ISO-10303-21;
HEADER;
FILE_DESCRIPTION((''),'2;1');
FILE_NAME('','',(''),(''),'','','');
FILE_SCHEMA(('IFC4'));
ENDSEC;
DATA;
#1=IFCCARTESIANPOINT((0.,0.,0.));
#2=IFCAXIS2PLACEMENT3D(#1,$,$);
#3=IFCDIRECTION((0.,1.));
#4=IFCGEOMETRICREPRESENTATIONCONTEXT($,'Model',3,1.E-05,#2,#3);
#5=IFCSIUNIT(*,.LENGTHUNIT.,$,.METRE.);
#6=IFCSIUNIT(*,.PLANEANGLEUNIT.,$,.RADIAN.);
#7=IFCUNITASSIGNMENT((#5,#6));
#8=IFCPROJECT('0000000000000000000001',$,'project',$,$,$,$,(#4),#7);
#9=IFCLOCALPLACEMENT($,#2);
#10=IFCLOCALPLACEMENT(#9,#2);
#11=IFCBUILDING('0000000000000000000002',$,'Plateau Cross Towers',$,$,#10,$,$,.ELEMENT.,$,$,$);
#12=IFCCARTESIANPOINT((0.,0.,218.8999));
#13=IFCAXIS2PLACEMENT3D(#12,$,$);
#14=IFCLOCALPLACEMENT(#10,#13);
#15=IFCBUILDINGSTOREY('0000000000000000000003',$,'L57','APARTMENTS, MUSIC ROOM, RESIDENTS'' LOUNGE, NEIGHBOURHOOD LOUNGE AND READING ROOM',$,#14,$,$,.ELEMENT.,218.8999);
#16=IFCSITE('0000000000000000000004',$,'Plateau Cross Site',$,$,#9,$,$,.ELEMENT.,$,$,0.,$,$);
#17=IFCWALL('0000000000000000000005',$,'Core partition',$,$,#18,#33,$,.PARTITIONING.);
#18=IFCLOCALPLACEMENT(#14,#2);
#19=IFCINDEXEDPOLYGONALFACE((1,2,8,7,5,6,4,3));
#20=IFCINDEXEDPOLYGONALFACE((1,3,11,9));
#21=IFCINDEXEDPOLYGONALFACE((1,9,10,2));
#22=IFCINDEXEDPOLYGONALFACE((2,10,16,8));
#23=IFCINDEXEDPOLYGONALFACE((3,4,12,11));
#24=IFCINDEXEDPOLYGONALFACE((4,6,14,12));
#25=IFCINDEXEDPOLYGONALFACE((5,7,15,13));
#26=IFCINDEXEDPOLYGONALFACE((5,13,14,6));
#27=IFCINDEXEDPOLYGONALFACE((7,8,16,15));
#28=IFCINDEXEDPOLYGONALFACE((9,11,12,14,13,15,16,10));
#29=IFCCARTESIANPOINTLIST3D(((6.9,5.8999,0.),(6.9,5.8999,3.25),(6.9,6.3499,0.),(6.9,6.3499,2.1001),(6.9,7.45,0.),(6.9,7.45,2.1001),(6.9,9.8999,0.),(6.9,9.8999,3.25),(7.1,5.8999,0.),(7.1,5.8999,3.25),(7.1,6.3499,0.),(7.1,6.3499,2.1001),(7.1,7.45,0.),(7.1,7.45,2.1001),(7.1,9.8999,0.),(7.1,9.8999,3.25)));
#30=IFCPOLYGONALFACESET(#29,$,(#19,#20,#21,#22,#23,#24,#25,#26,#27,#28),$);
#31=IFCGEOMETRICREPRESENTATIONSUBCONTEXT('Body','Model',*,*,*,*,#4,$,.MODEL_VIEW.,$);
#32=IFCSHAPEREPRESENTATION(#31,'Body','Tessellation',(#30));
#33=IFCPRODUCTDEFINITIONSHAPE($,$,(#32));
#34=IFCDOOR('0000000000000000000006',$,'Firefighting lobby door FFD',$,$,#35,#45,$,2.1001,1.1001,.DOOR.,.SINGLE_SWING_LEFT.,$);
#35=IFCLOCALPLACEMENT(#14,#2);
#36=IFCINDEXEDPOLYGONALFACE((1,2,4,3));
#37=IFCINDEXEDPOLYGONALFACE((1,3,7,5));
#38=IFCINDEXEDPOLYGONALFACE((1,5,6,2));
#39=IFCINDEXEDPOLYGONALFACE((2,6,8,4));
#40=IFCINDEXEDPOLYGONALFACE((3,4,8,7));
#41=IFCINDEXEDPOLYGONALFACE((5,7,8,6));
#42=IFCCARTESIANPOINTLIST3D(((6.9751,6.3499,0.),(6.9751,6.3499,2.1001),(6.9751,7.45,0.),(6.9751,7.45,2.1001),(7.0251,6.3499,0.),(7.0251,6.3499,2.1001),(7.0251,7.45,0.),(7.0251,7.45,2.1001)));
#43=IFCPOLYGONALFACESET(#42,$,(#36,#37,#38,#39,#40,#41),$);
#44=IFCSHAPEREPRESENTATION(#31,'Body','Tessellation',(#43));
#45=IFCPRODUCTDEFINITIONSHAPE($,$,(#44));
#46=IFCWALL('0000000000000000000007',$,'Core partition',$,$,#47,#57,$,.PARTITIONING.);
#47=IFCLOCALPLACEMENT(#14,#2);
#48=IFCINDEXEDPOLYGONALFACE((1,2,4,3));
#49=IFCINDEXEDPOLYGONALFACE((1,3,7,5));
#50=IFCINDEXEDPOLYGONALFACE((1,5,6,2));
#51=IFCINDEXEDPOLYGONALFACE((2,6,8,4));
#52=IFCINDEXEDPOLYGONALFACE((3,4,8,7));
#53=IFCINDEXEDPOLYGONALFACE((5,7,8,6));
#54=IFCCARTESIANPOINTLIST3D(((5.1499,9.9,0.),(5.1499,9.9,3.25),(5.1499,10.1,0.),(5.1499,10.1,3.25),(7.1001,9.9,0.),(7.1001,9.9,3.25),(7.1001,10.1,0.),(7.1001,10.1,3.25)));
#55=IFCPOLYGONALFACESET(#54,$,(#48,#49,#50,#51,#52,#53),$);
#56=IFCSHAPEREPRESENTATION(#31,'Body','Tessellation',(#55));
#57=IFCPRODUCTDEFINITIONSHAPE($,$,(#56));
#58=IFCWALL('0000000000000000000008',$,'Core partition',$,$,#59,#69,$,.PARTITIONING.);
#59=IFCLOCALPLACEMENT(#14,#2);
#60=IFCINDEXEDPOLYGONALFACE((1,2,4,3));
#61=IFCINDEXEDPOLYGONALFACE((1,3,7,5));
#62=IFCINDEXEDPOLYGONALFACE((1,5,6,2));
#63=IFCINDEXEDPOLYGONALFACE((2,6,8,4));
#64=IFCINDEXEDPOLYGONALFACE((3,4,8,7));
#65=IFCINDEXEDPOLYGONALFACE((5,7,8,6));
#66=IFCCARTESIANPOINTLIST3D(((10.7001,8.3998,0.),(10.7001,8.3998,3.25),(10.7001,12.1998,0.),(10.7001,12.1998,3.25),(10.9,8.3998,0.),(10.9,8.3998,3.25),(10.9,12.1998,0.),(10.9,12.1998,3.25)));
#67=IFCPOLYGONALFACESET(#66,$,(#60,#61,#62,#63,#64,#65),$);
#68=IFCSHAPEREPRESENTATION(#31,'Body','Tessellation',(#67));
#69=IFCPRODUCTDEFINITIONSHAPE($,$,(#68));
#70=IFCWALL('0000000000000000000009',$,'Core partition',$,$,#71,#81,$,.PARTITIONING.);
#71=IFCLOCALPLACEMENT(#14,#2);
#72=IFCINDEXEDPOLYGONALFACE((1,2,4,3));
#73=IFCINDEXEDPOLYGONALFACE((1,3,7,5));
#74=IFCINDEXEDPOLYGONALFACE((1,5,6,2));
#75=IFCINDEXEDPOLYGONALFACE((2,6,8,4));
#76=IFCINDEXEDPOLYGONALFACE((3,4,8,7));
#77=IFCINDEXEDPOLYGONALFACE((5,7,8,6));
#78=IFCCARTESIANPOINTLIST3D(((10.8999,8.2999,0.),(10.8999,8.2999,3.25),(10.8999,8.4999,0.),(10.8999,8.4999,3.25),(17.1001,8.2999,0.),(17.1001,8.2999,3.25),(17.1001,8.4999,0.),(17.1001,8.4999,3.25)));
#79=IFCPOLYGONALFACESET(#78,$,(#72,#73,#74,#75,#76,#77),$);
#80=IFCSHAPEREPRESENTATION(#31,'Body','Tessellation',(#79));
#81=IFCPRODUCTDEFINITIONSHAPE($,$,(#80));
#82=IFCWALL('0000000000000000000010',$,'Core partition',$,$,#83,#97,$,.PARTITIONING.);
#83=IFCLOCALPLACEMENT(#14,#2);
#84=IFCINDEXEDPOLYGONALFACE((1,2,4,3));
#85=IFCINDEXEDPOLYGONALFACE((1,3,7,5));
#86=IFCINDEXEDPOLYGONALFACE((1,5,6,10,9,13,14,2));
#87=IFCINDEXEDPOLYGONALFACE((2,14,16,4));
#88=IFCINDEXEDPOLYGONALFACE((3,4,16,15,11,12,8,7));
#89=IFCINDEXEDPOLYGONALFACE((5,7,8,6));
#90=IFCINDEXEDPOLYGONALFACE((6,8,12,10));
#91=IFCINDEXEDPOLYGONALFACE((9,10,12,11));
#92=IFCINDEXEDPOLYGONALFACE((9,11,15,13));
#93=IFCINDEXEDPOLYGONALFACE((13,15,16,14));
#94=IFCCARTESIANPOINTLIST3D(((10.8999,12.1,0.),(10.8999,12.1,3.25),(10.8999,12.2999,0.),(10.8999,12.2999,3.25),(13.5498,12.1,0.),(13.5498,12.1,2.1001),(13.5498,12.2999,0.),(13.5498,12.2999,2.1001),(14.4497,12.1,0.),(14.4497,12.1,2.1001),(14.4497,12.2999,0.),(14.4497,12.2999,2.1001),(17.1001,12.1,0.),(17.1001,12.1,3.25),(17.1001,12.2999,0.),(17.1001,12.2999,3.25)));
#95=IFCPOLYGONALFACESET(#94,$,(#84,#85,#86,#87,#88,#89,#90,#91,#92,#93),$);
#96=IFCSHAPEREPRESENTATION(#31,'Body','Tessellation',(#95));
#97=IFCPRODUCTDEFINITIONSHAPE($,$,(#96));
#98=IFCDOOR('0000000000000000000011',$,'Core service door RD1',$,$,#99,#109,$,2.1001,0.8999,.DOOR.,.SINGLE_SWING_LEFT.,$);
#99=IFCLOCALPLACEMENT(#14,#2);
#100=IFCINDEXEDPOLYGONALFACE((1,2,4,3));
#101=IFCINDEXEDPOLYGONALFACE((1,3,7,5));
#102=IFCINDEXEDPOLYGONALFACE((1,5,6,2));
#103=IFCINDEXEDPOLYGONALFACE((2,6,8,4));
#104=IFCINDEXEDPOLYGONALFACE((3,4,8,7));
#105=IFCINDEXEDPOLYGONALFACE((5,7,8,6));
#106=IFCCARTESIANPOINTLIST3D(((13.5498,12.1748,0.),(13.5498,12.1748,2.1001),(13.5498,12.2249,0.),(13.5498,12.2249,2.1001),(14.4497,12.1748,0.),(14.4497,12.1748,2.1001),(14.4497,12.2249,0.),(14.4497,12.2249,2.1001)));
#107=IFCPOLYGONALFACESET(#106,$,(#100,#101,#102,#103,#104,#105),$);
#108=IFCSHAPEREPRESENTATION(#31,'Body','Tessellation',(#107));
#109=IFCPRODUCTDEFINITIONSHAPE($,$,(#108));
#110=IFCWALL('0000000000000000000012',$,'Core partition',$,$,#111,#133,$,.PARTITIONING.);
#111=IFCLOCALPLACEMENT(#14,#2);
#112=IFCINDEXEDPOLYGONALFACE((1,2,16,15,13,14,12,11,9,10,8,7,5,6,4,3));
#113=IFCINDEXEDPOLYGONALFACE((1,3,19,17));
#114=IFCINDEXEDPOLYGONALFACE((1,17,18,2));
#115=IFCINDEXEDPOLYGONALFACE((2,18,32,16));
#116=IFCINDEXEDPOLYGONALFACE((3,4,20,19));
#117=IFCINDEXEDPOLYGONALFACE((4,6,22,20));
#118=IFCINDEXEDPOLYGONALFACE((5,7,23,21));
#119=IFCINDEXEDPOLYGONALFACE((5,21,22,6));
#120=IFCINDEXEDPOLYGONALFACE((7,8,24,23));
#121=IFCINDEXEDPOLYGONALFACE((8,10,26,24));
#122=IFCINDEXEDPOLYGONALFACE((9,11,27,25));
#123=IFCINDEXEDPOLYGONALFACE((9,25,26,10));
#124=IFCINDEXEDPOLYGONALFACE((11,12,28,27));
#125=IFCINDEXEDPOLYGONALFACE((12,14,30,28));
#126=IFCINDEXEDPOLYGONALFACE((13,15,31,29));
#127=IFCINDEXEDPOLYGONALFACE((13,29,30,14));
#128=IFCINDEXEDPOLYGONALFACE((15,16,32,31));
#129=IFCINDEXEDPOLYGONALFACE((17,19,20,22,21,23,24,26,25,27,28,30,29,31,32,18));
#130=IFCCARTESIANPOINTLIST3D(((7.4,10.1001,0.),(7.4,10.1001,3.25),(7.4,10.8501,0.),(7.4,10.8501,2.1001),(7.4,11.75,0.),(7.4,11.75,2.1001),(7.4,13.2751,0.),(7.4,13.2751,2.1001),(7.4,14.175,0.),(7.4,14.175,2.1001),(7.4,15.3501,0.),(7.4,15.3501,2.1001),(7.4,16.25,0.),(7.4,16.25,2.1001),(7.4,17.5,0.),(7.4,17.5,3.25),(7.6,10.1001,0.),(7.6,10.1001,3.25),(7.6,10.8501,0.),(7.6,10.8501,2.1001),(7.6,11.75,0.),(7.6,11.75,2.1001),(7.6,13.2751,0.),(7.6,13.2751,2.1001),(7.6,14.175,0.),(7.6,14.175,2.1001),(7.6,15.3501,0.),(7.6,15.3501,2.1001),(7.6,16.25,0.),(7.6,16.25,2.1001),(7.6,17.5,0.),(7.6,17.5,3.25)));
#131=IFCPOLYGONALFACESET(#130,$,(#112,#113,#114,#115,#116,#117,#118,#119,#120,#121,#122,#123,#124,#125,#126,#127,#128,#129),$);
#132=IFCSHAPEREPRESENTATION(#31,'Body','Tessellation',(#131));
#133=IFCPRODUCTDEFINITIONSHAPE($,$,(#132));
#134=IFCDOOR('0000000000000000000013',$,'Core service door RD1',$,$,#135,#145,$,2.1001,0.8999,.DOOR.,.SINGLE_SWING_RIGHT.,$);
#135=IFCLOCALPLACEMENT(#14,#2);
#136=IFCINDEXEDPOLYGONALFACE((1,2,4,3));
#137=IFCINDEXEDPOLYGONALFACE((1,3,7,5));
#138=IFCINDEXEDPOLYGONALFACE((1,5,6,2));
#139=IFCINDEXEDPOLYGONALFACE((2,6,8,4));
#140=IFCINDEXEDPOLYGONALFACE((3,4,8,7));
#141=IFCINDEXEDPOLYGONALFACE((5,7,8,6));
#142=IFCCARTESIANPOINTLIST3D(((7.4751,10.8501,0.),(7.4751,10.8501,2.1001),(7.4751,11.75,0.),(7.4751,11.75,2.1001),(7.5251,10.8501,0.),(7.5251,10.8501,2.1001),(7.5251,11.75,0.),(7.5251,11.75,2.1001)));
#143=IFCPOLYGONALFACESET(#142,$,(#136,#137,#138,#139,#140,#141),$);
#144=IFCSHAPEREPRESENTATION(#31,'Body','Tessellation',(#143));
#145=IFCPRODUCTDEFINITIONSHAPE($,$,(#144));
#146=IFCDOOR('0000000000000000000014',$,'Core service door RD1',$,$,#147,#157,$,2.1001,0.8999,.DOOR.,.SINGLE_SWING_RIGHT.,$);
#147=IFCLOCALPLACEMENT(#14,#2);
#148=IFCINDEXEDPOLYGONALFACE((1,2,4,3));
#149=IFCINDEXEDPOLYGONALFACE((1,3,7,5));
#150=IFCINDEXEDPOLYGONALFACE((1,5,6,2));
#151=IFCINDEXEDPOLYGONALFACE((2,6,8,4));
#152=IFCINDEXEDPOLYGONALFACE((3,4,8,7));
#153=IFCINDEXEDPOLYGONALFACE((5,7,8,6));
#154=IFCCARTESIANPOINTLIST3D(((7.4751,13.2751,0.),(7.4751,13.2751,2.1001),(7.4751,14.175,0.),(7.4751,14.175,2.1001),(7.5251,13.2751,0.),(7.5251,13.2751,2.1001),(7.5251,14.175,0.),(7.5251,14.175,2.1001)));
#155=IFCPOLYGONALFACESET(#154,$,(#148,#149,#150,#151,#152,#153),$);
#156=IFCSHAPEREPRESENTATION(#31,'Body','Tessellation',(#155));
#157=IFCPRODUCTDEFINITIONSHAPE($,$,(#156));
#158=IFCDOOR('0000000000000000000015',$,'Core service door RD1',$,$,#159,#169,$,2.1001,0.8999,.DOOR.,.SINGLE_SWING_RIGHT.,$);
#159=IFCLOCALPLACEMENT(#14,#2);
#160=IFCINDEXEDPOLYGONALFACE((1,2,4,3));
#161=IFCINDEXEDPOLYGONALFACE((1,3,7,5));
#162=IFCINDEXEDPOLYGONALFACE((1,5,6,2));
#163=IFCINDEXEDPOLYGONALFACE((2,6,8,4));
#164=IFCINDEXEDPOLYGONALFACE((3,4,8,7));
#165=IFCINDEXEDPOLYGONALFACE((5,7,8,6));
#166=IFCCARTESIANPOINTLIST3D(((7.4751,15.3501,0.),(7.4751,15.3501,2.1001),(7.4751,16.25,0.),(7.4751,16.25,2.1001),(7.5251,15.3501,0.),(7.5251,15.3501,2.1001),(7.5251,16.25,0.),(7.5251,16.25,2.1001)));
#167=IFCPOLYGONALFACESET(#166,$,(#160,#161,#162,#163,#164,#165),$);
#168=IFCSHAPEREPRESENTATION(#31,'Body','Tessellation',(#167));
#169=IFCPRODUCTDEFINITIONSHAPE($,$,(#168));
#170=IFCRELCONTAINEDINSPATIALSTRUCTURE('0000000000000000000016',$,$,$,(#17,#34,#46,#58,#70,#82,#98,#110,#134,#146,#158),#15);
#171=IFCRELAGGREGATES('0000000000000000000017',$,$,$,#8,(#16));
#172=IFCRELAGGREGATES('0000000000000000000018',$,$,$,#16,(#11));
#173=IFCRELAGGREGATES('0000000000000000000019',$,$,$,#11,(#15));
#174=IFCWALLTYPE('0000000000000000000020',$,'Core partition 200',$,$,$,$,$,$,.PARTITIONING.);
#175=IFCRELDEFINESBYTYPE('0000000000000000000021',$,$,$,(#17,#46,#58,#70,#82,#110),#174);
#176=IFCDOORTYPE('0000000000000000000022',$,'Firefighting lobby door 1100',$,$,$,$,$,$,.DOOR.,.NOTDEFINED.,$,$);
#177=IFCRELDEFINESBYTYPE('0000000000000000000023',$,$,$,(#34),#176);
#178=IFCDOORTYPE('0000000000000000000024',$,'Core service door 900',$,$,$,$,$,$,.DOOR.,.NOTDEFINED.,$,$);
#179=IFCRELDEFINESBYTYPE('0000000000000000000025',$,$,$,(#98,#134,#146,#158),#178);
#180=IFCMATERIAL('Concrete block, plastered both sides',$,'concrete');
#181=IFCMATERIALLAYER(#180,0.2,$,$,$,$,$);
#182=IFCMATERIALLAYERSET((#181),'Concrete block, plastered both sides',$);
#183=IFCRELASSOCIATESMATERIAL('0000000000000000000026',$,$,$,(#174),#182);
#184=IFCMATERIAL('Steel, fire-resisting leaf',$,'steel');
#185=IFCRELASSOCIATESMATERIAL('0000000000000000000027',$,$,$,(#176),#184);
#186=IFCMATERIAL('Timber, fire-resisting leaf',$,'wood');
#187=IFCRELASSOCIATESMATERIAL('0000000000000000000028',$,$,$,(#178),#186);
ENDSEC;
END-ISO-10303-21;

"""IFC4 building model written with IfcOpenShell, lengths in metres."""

from ifc_helpers import new_model, si_unit, direction, frame, frame_2d, origin, place, context, subcontext, project, spatial, rectangle, extrude, material, layer, layer_set, type_object, element, fill, save


model = new_model("IFC4")

# Units and contexts
model_context = context("Model", 3, precision=1e-05, world=origin(), true_north=direction((0.0, 1.0)))
body_context = subcontext(model_context, "Body", "Model", "MODEL_VIEW")
ifc_project = project(units=[si_unit("LENGTHUNIT", "METRE"), si_unit("PLANEANGLEUNIT", "RADIAN")], contexts=[model_context])

# Site, building, storey
site_placement = place(None, origin())
site = spatial("IfcSite", under=ifc_project, at=site_placement, Name="Plateau Cross Site", CompositionType="ELEMENT", RefElevation=0.0)
building_placement = place(site_placement, origin())
building = spatial("IfcBuilding", under=site, at=building_placement, Name="Plateau Cross Towers", CompositionType="ELEMENT")
storey_placement = place(building_placement, frame((0.0, 0.0, 218.8999)))
storey = spatial("IfcBuildingStorey", under=building, at=storey_placement, Name="L57", Description="APARTMENTS, MUSIC ROOM, RESIDENTS' LOUNGE, NEIGHBOURHOOD LOUNGE AND READING ROOM", CompositionType="ELEMENT", Elevation=218.8999)

# Wall, opening, door
ifc_material_1 = material(Name="Concrete block, plastered both sides", Category="concrete")
ifc_layer = layer(ifc_material_1, 0.2)
ifc_layer_set = layer_set([ifc_layer], Name="Concrete block, plastered both sides")
wall_type = type_object("IfcWallType", Name="Core partition 200", PredefinedType="PARTITIONING", material=ifc_layer_set)
wall_1_placement = place(storey_placement, frame((7.0, 5.8999, 0.0), z_axis=(0.0, 0.0, 1.0), x_axis=(0.0, 1.0, 0.0)))
wall_1 = element("IfcWall", 1, at=wall_1_placement, inside=storey, type_object=wall_type, Name="Core partition", PredefinedType="PARTITIONING", context=body_context, shape_type="SweptSolid", body=[
    extrude(rectangle(XDim=4.0, YDim=0.2, at=frame_2d((2.0, 0.0))), origin(), (0.0, 0.0, 1.0), 3.25),
])
opening_1_placement = place(wall_1_placement, frame((0.45, 0.0, 0.0)))
opening_1 = element("IfcOpeningElement", 2, at=opening_1_placement, cuts=wall_1, PredefinedType="OPENING", context=body_context, shape_type="SweptSolid", body=[
    extrude(rectangle(XDim=1.1001, YDim=2.1001, at=frame_2d((0.55, 1.05))), frame((0.0, 0.1099, 0.0), z_axis=(0.0, -1.0, 0.0), x_axis=(1.0, 0.0, 0.0)), (0.0, 0.0, 1.0), 0.22),
])
ifc_material_2 = material(Name="Steel, fire-resisting leaf", Category="steel")
door_type_1 = type_object("IfcDoorType", Name="Firefighting lobby door 1100", OperationType="NOTDEFINED", PredefinedType="DOOR", material=ifc_material_2)
door_1_placement = place(opening_1_placement, origin())
door_1 = element("IfcDoor", 3, at=door_1_placement, inside=storey, type_object=door_type_1, Name="Firefighting lobby door FFD", OperationType="SINGLE_SWING_LEFT", OverallHeight=2.1001, OverallWidth=1.1001, PredefinedType="DOOR", context=body_context, shape_type="SweptSolid", body=[
    extrude(rectangle(XDim=1.1001, YDim=2.1001, at=frame_2d((0.55, 1.05))), frame((0.0, 0.0249, 0.0), z_axis=(0.0, -1.0, 0.0), x_axis=(1.0, 0.0, 0.0)), (0.0, 0.0, 1.0), 0.05),
])
fill(opening_1, door_1)

# Walls
wall_2_placement = place(storey_placement, frame((5.1499, 10.0, 0.0), z_axis=(0.0, 0.0, 1.0), x_axis=(1.0, 0.0, 0.0)))
element("IfcWall", 4, at=wall_2_placement, inside=storey, type_object=wall_type, Name="Core partition", PredefinedType="PARTITIONING", context=body_context, shape_type="SweptSolid", body=[
    extrude(rectangle(XDim=1.9502, YDim=0.2, at=frame_2d((0.9751, 0.0))), origin(), (0.0, 0.0, 1.0), 3.25),
])
wall_3_placement = place(storey_placement, frame((10.8, 8.3999, 0.0), z_axis=(0.0, 0.0, 1.0), x_axis=(0.0, 1.0, 0.0)))
element("IfcWall", 5, at=wall_3_placement, inside=storey, type_object=wall_type, Name="Core partition", PredefinedType="PARTITIONING", context=body_context, shape_type="SweptSolid", body=[
    extrude(rectangle(XDim=3.8, YDim=0.2, at=frame_2d((1.8999, 0.0))), origin(), (0.0, 0.0, 1.0), 3.25),
])
wall_4_placement = place(storey_placement, frame((10.8999, 8.3999, 0.0), z_axis=(0.0, 0.0, 1.0), x_axis=(1.0, 0.0, 0.0)))
element("IfcWall", 6, at=wall_4_placement, inside=storey, type_object=wall_type, Name="Core partition", PredefinedType="PARTITIONING", context=body_context, shape_type="SweptSolid", body=[
    extrude(rectangle(XDim=6.2002, YDim=0.2, at=frame_2d((3.1001, 0.0))), origin(), (0.0, 0.0, 1.0), 3.25),
])

# Wall, opening, door
wall_5_placement = place(storey_placement, frame((10.8999, 12.2, 0.0), z_axis=(0.0, 0.0, 1.0), x_axis=(1.0, 0.0, 0.0)))
wall_5 = element("IfcWall", 7, at=wall_5_placement, inside=storey, type_object=wall_type, Name="Core partition", PredefinedType="PARTITIONING", context=body_context, shape_type="SweptSolid", body=[
    extrude(rectangle(XDim=6.2002, YDim=0.2, at=frame_2d((3.1001, 0.0))), origin(), (0.0, 0.0, 1.0), 3.25),
])
opening_2_placement = place(wall_5_placement, frame((2.6499, 0.0, 0.0)))
opening_2 = element("IfcOpeningElement", 8, at=opening_2_placement, cuts=wall_5, PredefinedType="OPENING", context=body_context, shape_type="SweptSolid", body=[
    extrude(rectangle(XDim=0.8999, YDim=2.1001, at=frame_2d((0.45, 1.05))), frame((0.0, 0.1099, 0.0), z_axis=(0.0, -1.0, 0.0), x_axis=(1.0, 0.0, 0.0)), (0.0, 0.0, 1.0), 0.22),
])
ifc_material_3 = material(Name="Timber, fire-resisting leaf", Category="wood")
door_type_2 = type_object("IfcDoorType", Name="Core service door 900", OperationType="NOTDEFINED", PredefinedType="DOOR", material=ifc_material_3)
door_2_placement = place(opening_2_placement, origin())
door_2 = element("IfcDoor", 9, at=door_2_placement, inside=storey, type_object=door_type_2, Name="Core service door RD1", OperationType="SINGLE_SWING_LEFT", OverallHeight=2.1001, OverallWidth=0.8999, PredefinedType="DOOR", context=body_context, shape_type="SweptSolid", body=[
    extrude(rectangle(XDim=0.8999, YDim=2.1001, at=frame_2d((0.45, 1.05))), frame((0.0, 0.0249, 0.0), z_axis=(0.0, -1.0, 0.0), x_axis=(1.0, 0.0, 0.0)), (0.0, 0.0, 1.0), 0.05),
])
fill(opening_2, door_2)

# Wall, openings, doors
wall_6_placement = place(storey_placement, frame((7.5, 10.1001, 0.0), z_axis=(0.0, 0.0, 1.0), x_axis=(0.0, 1.0, 0.0)))
wall_6 = element("IfcWall", 10, at=wall_6_placement, inside=storey, type_object=wall_type, Name="Core partition", PredefinedType="PARTITIONING", context=body_context, shape_type="SweptSolid", body=[
    extrude(rectangle(XDim=7.3999, YDim=0.2, at=frame_2d((3.7, 0.0))), origin(), (0.0, 0.0, 1.0), 3.25),
])
opening_3_placement = place(wall_6_placement, frame((0.75, 0.0, 0.0)))
opening_3 = element("IfcOpeningElement", 11, at=opening_3_placement, cuts=wall_6, PredefinedType="OPENING", context=body_context, shape_type="SweptSolid", body=[
    extrude(rectangle(XDim=0.8999, YDim=2.1001, at=frame_2d((0.45, 1.05))), frame((0.0, 0.1099, 0.0), z_axis=(0.0, -1.0, 0.0), x_axis=(1.0, 0.0, 0.0)), (0.0, 0.0, 1.0), 0.22),
])
opening_4_placement = place(wall_6_placement, frame((3.175, 0.0, 0.0)))
opening_4 = element("IfcOpeningElement", 12, at=opening_4_placement, cuts=wall_6, PredefinedType="OPENING", context=body_context, shape_type="SweptSolid", body=[
    extrude(rectangle(XDim=0.8999, YDim=2.1001, at=frame_2d((0.45, 1.05))), frame((0.0, 0.1099, 0.0), z_axis=(0.0, -1.0, 0.0), x_axis=(1.0, 0.0, 0.0)), (0.0, 0.0, 1.0), 0.22),
])
opening_5_placement = place(wall_6_placement, frame((5.25, 0.0, 0.0)))
opening_5 = element("IfcOpeningElement", 13, at=opening_5_placement, cuts=wall_6, PredefinedType="OPENING", context=body_context, shape_type="SweptSolid", body=[
    extrude(rectangle(XDim=0.8999, YDim=2.1001, at=frame_2d((0.45, 1.05))), frame((0.0, 0.1099, 0.0), z_axis=(0.0, -1.0, 0.0), x_axis=(1.0, 0.0, 0.0)), (0.0, 0.0, 1.0), 0.22),
])
door_3_placement = place(opening_3_placement, origin())
door_3 = element("IfcDoor", 14, at=door_3_placement, inside=storey, type_object=door_type_2, Name="Core service door RD1", OperationType="SINGLE_SWING_RIGHT", OverallHeight=2.1001, OverallWidth=0.8999, PredefinedType="DOOR", context=body_context, shape_type="SweptSolid", body=[
    extrude(rectangle(XDim=0.8999, YDim=2.1001, at=frame_2d((0.45, 1.05))), frame((0.0, 0.0249, 0.0), z_axis=(0.0, -1.0, 0.0), x_axis=(1.0, 0.0, 0.0)), (0.0, 0.0, 1.0), 0.05),
])
fill(opening_3, door_3)
door_4_placement = place(opening_4_placement, origin())
door_4 = element("IfcDoor", 15, at=door_4_placement, inside=storey, type_object=door_type_2, Name="Core service door RD1", OperationType="SINGLE_SWING_RIGHT", OverallHeight=2.1001, OverallWidth=0.8999, PredefinedType="DOOR", context=body_context, shape_type="SweptSolid", body=[
    extrude(rectangle(XDim=0.8999, YDim=2.1001, at=frame_2d((0.45, 1.05))), frame((0.0, 0.0249, 0.0), z_axis=(0.0, -1.0, 0.0), x_axis=(1.0, 0.0, 0.0)), (0.0, 0.0, 1.0), 0.05),
])
fill(opening_4, door_4)
door_5_placement = place(opening_5_placement, origin())
door_5 = element("IfcDoor", 16, at=door_5_placement, inside=storey, type_object=door_type_2, Name="Core service door RD1", OperationType="SINGLE_SWING_RIGHT", OverallHeight=2.1001, OverallWidth=0.8999, PredefinedType="DOOR", context=body_context, shape_type="SweptSolid", body=[
    extrude(rectangle(XDim=0.8999, YDim=2.1001, at=frame_2d((0.45, 1.05))), frame((0.0, 0.0249, 0.0), z_axis=(0.0, -1.0, 0.0), x_axis=(1.0, 0.0, 0.0)), (0.0, 0.0, 1.0), 0.05),
])
fill(opening_5, door_5)

save(model, "model.ifc")
